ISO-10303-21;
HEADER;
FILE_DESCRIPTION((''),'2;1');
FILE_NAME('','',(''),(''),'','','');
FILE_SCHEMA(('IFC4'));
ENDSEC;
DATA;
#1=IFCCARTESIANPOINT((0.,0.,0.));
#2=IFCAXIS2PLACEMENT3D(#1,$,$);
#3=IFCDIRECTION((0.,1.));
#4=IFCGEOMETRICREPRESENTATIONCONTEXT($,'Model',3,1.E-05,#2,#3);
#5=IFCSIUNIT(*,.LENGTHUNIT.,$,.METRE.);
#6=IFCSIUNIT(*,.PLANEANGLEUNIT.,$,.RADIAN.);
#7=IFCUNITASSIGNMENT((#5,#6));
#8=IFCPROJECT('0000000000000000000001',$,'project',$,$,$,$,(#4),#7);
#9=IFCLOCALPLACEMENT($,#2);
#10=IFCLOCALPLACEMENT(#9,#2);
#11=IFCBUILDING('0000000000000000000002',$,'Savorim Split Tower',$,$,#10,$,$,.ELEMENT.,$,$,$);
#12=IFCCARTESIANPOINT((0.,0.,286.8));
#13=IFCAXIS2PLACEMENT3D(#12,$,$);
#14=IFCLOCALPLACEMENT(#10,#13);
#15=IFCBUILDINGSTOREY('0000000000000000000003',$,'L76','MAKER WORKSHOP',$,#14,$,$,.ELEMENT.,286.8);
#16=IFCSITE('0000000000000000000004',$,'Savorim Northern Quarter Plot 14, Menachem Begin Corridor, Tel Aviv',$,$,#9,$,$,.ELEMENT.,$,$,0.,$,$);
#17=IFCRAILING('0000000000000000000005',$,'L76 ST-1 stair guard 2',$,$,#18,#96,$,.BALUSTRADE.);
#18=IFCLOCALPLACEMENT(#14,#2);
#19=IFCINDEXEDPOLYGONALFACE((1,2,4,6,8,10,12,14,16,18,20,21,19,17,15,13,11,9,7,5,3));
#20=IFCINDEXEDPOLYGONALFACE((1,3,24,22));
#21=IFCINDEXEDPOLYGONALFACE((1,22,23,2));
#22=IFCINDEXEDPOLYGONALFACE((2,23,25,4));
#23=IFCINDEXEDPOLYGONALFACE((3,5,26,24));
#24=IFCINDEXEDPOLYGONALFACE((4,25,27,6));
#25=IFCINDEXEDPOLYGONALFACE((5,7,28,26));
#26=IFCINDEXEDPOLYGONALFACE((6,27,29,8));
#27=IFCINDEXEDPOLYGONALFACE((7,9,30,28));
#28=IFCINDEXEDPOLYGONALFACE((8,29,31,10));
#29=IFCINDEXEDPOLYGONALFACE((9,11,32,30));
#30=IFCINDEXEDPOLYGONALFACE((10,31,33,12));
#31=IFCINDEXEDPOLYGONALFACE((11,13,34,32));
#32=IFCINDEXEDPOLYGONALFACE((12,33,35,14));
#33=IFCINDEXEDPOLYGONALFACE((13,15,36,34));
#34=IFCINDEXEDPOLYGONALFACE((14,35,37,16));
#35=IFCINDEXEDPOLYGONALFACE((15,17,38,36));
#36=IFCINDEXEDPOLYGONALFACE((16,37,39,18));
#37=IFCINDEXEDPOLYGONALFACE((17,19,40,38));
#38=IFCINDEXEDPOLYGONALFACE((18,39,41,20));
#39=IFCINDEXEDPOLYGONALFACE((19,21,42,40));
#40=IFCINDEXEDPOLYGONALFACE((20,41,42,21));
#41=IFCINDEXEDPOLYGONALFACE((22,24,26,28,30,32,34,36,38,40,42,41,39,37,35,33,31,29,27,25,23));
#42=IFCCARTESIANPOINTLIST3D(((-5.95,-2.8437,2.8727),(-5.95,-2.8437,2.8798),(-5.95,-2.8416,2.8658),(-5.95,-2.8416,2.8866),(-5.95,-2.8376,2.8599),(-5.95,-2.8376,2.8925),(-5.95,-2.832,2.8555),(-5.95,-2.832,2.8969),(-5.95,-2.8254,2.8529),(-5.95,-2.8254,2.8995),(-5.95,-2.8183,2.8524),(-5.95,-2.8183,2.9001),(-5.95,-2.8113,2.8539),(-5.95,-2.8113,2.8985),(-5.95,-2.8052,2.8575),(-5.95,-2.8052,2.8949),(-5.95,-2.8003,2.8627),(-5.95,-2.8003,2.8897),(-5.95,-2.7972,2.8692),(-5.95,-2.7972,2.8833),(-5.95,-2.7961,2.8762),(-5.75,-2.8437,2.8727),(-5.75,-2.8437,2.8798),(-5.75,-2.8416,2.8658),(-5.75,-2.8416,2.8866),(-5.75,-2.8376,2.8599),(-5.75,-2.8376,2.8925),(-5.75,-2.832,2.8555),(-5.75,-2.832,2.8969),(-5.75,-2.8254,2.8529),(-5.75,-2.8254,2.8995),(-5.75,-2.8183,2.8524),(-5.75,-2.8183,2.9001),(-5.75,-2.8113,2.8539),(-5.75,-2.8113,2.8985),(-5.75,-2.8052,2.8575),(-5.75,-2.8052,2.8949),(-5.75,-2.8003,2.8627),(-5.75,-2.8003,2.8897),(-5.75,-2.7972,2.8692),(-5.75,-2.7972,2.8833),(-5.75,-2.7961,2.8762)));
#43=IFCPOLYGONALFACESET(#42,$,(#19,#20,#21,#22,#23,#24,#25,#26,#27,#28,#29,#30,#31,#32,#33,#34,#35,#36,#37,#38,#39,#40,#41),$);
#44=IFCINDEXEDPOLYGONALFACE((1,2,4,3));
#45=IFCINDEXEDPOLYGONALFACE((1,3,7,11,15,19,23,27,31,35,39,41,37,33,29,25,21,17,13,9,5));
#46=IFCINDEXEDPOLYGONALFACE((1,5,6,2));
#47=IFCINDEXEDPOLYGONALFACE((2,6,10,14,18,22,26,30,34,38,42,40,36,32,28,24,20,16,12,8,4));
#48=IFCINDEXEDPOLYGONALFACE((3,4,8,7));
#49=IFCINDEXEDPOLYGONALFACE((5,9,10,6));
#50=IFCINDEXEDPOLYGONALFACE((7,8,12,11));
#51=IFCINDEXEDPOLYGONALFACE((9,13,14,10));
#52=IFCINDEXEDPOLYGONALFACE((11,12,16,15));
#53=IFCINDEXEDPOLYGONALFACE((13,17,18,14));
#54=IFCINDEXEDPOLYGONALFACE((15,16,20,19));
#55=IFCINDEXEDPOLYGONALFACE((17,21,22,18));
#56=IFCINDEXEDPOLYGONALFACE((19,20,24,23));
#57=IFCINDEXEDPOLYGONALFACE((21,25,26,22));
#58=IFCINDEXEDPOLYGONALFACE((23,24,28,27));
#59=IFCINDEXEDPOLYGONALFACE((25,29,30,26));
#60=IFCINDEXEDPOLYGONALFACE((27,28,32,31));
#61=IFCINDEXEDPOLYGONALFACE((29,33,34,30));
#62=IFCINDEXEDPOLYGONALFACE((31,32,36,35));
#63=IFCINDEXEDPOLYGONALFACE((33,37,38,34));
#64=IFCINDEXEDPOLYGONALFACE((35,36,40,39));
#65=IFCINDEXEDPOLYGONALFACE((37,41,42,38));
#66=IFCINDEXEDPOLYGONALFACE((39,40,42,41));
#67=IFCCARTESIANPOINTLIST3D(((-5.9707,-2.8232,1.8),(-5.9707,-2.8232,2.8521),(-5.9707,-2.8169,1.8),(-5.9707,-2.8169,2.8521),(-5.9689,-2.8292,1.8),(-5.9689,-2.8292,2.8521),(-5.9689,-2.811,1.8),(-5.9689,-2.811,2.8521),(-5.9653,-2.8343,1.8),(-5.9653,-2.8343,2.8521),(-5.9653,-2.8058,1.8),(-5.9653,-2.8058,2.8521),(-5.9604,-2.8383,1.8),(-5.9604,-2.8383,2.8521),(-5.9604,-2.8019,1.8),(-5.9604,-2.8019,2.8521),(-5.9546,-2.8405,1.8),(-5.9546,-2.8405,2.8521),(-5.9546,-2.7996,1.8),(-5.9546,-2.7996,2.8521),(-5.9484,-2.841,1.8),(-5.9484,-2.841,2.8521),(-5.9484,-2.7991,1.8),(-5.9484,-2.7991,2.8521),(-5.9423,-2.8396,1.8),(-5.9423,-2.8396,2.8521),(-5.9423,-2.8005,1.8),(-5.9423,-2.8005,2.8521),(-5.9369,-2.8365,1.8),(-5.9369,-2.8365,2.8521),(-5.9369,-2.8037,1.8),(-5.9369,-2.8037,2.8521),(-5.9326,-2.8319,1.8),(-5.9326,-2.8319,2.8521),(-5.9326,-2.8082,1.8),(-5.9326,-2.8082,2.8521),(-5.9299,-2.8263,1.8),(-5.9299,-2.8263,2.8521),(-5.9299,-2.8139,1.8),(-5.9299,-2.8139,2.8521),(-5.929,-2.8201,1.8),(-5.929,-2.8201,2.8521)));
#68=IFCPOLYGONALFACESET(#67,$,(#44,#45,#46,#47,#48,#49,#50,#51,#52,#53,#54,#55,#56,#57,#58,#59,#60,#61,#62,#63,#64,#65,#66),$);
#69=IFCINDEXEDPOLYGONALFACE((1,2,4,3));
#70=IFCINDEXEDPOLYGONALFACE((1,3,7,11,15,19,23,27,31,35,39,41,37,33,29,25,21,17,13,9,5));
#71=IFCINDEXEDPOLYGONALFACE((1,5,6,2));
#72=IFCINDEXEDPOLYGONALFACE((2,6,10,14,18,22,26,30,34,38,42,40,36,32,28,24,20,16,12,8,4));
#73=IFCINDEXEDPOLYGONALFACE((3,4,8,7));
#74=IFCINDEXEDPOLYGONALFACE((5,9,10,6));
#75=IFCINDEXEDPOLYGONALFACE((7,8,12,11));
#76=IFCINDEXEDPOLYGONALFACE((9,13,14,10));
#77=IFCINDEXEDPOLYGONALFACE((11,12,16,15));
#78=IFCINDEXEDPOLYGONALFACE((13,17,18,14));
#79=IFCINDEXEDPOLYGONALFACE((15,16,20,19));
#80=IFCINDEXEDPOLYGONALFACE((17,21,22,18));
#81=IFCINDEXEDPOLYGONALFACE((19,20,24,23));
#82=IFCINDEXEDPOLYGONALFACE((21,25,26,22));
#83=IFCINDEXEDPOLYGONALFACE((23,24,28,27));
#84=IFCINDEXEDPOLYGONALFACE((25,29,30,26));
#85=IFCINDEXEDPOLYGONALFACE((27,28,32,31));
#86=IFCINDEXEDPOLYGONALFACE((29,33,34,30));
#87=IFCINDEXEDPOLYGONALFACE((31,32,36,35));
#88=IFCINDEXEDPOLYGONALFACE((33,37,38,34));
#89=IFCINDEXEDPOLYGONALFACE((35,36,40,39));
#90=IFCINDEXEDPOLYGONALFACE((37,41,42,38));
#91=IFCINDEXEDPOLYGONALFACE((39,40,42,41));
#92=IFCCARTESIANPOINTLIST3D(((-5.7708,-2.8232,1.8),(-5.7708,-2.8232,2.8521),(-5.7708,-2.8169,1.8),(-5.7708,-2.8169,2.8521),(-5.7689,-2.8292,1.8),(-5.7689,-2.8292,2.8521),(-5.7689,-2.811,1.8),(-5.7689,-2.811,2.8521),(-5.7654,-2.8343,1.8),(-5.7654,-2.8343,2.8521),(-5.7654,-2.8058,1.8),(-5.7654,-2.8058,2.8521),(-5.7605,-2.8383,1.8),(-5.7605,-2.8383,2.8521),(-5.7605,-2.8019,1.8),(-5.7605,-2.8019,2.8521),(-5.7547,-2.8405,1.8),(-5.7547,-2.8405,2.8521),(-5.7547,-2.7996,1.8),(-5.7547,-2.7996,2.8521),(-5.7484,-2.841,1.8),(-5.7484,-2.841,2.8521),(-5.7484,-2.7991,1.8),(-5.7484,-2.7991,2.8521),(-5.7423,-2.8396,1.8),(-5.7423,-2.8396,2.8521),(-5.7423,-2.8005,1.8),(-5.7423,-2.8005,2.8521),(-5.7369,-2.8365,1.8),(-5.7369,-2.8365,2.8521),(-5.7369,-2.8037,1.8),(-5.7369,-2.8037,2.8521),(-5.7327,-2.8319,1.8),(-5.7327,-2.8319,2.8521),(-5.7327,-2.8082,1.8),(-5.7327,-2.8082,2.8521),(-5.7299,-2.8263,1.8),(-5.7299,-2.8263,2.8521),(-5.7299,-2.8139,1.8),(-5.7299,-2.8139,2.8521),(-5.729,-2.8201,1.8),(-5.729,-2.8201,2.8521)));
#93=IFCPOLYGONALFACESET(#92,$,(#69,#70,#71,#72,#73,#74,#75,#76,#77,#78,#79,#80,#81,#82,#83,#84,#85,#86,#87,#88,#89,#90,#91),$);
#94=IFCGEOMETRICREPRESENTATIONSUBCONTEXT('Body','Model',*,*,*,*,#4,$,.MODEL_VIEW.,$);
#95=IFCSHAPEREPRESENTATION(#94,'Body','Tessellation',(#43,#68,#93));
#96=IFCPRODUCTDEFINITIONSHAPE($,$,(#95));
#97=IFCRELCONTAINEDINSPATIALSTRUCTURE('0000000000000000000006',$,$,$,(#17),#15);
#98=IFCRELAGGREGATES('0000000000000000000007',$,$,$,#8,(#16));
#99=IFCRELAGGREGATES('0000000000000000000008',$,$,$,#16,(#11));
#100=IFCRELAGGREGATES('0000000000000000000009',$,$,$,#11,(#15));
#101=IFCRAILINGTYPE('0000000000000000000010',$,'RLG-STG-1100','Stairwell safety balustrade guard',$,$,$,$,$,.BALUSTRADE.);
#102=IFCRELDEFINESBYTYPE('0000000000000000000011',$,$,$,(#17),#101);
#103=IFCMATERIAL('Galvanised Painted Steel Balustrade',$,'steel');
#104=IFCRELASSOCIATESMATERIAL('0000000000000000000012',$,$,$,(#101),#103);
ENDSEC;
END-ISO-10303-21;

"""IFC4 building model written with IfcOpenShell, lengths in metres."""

from ifc_helpers import new_model, si_unit, direction, frame, origin, origin_2d, place, context, subcontext, project, spatial, circle, extrude, material, type_object, element, save


model = new_model("IFC4")

# Units and contexts
model_context = context("Model", 3, precision=1e-05, world=origin(), true_north=direction((0.0, 1.0)))
body_context = subcontext(model_context, "Body", "Model", "MODEL_VIEW")
ifc_project = project(units=[si_unit("LENGTHUNIT", "METRE"), si_unit("PLANEANGLEUNIT", "RADIAN")], contexts=[model_context])

# Site, building, storey
site_placement = place(None, origin())
site = spatial("IfcSite", under=ifc_project, at=site_placement, Name="Savorim Northern Quarter Plot 14, Menachem Begin Corridor, Tel Aviv", CompositionType="ELEMENT", RefElevation=0.0)
building_placement = place(site_placement, origin())
building = spatial("IfcBuilding", under=site, at=building_placement, Name="Savorim Split Tower", CompositionType="ELEMENT")
storey_placement = place(building_placement, frame((0.0, 0.0, 286.8)))
storey = spatial("IfcBuildingStorey", under=building, at=storey_placement, Name="L76", Description="MAKER WORKSHOP", CompositionType="ELEMENT", Elevation=286.8)

# Railing
ifc_material_1 = material(Name="Galvanised Painted Steel Balustrade", Category="steel")
railing_type_1 = type_object("IfcRailingType", Name="RLG-STG-1100", Description="Stairwell safety balustrade guard", PredefinedType="BALUSTRADE", material=ifc_material_1)
railing_1_placement = place(storey_placement, frame((-5.95, -2.8201, 1.8)))
element("IfcRailing", 1, at=railing_1_placement, inside=storey, type_object=railing_type_1, Name="L76 ST-1 stair guard 2", PredefinedType="BALUSTRADE", context=body_context, shape_type="SweptSolid", body=[
    extrude(circle(Radius=0.0239, at=origin_2d()), frame((0.0, 0.0, 1.0762), z_axis=(1.0, 0.0, 0.0), x_axis=(0.0, 1.0, 0.0)), (0.0, 0.0, 1.0), 0.2),
    extrude(circle(Radius=0.021, at=origin_2d()), origin(), (0.0, 0.0, 1.0), 1.052),
    extrude(circle(Radius=0.021, at=origin_2d()), frame((0.2, 0.0, 0.0)), (0.0, 0.0, 1.0), 1.052),
])

save(model, "model.ifc")
